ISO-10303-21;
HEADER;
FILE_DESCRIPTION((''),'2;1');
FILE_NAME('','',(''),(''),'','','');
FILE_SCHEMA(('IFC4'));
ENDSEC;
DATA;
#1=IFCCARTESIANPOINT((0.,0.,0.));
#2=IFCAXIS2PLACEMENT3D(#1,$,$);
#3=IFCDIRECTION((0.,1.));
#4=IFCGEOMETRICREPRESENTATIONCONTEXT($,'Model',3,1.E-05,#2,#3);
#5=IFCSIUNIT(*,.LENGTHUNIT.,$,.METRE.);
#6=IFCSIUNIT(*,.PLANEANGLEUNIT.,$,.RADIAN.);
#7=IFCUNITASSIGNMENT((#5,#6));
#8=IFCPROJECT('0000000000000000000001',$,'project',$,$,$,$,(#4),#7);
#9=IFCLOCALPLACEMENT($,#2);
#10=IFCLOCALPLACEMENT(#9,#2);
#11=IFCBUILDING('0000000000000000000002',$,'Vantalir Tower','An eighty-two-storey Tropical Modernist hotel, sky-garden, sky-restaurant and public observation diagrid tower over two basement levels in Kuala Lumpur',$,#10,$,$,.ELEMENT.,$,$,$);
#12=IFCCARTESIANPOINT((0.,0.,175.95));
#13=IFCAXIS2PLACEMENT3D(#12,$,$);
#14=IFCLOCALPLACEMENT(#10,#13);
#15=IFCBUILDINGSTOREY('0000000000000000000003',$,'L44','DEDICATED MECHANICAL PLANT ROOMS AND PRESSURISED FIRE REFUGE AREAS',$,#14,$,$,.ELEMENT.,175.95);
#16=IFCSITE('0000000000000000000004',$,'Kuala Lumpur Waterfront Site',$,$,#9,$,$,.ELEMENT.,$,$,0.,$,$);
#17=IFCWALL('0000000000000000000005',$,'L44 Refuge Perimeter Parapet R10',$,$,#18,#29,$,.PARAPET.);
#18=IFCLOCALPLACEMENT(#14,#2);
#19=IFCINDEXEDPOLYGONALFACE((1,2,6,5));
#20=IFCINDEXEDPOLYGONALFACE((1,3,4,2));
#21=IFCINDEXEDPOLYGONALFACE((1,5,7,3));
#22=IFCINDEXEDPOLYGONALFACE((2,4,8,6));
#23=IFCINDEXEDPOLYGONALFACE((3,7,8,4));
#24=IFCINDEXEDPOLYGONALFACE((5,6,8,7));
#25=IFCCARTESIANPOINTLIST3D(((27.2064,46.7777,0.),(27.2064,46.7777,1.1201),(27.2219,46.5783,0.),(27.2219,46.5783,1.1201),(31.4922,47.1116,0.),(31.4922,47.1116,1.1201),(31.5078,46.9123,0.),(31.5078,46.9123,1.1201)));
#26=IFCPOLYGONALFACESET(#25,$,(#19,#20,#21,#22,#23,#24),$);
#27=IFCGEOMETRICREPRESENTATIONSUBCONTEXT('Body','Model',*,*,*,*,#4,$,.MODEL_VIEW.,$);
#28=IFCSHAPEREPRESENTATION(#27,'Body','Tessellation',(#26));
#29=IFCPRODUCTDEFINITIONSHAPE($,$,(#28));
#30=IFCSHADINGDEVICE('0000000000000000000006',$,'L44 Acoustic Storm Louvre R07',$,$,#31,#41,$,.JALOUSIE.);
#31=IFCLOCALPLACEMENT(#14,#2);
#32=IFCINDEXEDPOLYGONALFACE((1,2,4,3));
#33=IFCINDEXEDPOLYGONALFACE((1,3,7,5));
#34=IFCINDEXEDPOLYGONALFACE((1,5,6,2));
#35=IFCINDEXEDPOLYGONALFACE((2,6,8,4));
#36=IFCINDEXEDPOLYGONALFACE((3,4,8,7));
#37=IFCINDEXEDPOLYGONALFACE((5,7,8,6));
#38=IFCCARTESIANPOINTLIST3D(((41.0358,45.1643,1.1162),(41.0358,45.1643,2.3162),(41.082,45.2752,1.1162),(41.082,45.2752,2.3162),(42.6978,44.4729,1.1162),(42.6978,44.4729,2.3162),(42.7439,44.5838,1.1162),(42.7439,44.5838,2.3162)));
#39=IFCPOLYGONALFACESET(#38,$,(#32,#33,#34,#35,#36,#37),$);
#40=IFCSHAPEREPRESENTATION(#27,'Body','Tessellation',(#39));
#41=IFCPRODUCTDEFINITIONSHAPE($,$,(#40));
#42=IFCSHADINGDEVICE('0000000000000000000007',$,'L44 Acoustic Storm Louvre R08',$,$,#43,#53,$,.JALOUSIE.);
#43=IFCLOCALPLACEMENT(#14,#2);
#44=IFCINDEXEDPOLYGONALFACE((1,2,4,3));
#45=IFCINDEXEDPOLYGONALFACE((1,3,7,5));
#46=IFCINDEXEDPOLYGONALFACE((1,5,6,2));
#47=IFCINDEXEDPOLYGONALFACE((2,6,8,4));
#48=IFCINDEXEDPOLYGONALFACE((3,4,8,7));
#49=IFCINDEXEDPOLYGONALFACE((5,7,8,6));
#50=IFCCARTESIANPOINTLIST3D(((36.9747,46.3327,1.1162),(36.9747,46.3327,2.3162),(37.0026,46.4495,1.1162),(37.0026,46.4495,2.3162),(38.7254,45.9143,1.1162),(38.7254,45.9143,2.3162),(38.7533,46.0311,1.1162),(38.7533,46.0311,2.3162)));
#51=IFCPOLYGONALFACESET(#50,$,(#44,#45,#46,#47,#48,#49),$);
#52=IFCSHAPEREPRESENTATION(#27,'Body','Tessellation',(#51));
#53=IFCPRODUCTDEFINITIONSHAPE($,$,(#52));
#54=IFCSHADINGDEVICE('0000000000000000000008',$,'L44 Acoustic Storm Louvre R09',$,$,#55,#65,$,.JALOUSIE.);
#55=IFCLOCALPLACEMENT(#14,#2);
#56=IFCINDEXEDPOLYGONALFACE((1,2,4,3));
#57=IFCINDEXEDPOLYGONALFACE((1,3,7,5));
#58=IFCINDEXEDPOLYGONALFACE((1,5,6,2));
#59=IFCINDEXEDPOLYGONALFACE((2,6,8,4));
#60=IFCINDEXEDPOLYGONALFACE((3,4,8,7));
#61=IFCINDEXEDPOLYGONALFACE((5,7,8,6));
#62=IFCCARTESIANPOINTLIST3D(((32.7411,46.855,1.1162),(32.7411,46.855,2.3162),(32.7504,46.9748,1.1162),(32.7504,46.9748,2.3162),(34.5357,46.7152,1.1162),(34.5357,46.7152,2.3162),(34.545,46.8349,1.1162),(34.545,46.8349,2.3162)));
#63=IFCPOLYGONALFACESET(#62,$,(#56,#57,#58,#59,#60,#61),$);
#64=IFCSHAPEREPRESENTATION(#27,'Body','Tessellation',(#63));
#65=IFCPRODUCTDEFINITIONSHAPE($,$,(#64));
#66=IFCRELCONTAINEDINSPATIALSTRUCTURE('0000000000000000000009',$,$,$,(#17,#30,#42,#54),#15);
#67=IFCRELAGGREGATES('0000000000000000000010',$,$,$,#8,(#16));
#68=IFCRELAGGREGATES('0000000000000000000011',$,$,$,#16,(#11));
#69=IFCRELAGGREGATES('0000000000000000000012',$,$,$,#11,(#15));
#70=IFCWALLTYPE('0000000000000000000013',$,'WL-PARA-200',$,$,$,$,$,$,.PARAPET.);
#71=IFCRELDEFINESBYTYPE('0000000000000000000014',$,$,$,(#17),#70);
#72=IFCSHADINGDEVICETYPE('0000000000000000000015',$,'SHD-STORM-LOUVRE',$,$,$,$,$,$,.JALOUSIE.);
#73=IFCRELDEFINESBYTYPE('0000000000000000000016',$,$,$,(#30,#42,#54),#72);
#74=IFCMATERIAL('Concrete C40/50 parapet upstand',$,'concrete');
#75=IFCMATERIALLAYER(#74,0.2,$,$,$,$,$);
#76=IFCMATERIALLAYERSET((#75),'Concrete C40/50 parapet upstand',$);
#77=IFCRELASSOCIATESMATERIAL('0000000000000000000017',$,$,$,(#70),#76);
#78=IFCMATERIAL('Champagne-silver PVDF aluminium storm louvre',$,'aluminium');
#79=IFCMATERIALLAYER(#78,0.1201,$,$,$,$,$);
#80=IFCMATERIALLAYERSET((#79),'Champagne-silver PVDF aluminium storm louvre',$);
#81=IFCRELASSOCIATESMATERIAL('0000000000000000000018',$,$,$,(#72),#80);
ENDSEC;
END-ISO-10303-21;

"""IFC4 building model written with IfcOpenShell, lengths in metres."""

from ifc_helpers import new_model, si_unit, direction, frame, frame_2d, origin, origin_2d, place, context, subcontext, project, spatial, rectangle, extrude, material, layer, layer_set, type_object, element, save


model = new_model("IFC4")

# Units and contexts
model_context = context("Model", 3, precision=1e-05, world=origin(), true_north=direction((0.0, 1.0)))
body_context = subcontext(model_context, "Body", "Model", "MODEL_VIEW")
ifc_project = project(units=[si_unit("LENGTHUNIT", "METRE"), si_unit("PLANEANGLEUNIT", "RADIAN")], contexts=[model_context])

# Site, building, storey
site_placement = place(None, origin())
site = spatial("IfcSite", under=ifc_project, at=site_placement, Name="Kuala Lumpur Waterfront Site", CompositionType="ELEMENT", RefElevation=0.0)
building_placement = place(site_placement, origin())
building = spatial("IfcBuilding", under=site, at=building_placement, Name="Vantalir Tower", Description="An eighty-two-storey Tropical Modernist hotel, sky-garden, sky-restaurant and public observation diagrid tower over two basement levels in Kuala Lumpur", CompositionType="ELEMENT")
storey_placement = place(building_placement, frame((0.0, 0.0, 175.95)))
storey = spatial("IfcBuildingStorey", under=building, at=storey_placement, Name="L44", Description="DEDICATED MECHANICAL PLANT ROOMS AND PRESSURISED FIRE REFUGE AREAS", CompositionType="ELEMENT", Elevation=175.95)

# Wall
ifc_material_1 = material(Name="Concrete C40/50 parapet upstand", Category="concrete")
ifc_layer_1 = layer(ifc_material_1, 0.2)
ifc_layer_set_1 = layer_set([ifc_layer_1], Name="Concrete C40/50 parapet upstand")
wall_type_1 = type_object("IfcWallType", Name="WL-PARA-200", PredefinedType="PARAPET", material=ifc_layer_set_1)
for number, where, z_axis, x_axis, name in (
    (1, (31.5, 47.012, 0.0), (0.0, 0.0, 1.0), (-0.996977, -0.077691, 0.0), "L44 Refuge Perimeter Parapet R10"),
):
    element("IfcWall", number, at=place(storey_placement, frame(where, z_axis=z_axis, x_axis=x_axis)), inside=storey, type_object=wall_type_1, Name=name, PredefinedType="PARAPET", context=body_context, shape_type="SweptSolid", body=[
        extrude(rectangle(XDim=4.2988, YDim=0.2, at=frame_2d((2.1494, 0.0))), origin(), (0.0, 0.0, 1.0), 1.1201),
    ])

# Shading devices
ifc_material_2 = material(Name="Champagne-silver PVDF aluminium storm louvre", Category="aluminium")
ifc_layer_2 = layer(ifc_material_2, 0.1201)
ifc_layer_set_2 = layer_set([ifc_layer_2], Name="Champagne-silver PVDF aluminium storm louvre")
shading_device_type = type_object("IfcShadingDeviceType", Name="SHD-STORM-LOUVRE", PredefinedType="JALOUSIE", material=ifc_layer_set_2)
for number, where, z_axis, x_axis, name in (
    (2, (41.8899, 44.874, 1.1162), (0.0, 0.0, 1.0), (-0.923291, 0.384102, 0.0), "L44 Acoustic Storm Louvre R07"),
    (3, (37.864, 46.1819, 1.1162), (0.0, 0.0, 1.0), (-0.97261, 0.232444, 0.0), "L44 Acoustic Storm Louvre R08"),
    (4, (33.6431, 46.845, 1.1162), (0.0, 0.0, 1.0), (-0.996977, 0.077693, 0.0), "L44 Acoustic Storm Louvre R09"),
):
    element("IfcShadingDevice", number, at=place(storey_placement, frame(where, z_axis=z_axis, x_axis=x_axis)), inside=storey, type_object=shading_device_type, Name=name, PredefinedType="JALOUSIE", context=body_context, shape_type="SweptSolid", body=[
        extrude(rectangle(XDim=1.8, YDim=0.1201, at=origin_2d()), origin(), (0.0, 0.0, 1.0), 1.2),
    ])

save(model, "model.ifc")
